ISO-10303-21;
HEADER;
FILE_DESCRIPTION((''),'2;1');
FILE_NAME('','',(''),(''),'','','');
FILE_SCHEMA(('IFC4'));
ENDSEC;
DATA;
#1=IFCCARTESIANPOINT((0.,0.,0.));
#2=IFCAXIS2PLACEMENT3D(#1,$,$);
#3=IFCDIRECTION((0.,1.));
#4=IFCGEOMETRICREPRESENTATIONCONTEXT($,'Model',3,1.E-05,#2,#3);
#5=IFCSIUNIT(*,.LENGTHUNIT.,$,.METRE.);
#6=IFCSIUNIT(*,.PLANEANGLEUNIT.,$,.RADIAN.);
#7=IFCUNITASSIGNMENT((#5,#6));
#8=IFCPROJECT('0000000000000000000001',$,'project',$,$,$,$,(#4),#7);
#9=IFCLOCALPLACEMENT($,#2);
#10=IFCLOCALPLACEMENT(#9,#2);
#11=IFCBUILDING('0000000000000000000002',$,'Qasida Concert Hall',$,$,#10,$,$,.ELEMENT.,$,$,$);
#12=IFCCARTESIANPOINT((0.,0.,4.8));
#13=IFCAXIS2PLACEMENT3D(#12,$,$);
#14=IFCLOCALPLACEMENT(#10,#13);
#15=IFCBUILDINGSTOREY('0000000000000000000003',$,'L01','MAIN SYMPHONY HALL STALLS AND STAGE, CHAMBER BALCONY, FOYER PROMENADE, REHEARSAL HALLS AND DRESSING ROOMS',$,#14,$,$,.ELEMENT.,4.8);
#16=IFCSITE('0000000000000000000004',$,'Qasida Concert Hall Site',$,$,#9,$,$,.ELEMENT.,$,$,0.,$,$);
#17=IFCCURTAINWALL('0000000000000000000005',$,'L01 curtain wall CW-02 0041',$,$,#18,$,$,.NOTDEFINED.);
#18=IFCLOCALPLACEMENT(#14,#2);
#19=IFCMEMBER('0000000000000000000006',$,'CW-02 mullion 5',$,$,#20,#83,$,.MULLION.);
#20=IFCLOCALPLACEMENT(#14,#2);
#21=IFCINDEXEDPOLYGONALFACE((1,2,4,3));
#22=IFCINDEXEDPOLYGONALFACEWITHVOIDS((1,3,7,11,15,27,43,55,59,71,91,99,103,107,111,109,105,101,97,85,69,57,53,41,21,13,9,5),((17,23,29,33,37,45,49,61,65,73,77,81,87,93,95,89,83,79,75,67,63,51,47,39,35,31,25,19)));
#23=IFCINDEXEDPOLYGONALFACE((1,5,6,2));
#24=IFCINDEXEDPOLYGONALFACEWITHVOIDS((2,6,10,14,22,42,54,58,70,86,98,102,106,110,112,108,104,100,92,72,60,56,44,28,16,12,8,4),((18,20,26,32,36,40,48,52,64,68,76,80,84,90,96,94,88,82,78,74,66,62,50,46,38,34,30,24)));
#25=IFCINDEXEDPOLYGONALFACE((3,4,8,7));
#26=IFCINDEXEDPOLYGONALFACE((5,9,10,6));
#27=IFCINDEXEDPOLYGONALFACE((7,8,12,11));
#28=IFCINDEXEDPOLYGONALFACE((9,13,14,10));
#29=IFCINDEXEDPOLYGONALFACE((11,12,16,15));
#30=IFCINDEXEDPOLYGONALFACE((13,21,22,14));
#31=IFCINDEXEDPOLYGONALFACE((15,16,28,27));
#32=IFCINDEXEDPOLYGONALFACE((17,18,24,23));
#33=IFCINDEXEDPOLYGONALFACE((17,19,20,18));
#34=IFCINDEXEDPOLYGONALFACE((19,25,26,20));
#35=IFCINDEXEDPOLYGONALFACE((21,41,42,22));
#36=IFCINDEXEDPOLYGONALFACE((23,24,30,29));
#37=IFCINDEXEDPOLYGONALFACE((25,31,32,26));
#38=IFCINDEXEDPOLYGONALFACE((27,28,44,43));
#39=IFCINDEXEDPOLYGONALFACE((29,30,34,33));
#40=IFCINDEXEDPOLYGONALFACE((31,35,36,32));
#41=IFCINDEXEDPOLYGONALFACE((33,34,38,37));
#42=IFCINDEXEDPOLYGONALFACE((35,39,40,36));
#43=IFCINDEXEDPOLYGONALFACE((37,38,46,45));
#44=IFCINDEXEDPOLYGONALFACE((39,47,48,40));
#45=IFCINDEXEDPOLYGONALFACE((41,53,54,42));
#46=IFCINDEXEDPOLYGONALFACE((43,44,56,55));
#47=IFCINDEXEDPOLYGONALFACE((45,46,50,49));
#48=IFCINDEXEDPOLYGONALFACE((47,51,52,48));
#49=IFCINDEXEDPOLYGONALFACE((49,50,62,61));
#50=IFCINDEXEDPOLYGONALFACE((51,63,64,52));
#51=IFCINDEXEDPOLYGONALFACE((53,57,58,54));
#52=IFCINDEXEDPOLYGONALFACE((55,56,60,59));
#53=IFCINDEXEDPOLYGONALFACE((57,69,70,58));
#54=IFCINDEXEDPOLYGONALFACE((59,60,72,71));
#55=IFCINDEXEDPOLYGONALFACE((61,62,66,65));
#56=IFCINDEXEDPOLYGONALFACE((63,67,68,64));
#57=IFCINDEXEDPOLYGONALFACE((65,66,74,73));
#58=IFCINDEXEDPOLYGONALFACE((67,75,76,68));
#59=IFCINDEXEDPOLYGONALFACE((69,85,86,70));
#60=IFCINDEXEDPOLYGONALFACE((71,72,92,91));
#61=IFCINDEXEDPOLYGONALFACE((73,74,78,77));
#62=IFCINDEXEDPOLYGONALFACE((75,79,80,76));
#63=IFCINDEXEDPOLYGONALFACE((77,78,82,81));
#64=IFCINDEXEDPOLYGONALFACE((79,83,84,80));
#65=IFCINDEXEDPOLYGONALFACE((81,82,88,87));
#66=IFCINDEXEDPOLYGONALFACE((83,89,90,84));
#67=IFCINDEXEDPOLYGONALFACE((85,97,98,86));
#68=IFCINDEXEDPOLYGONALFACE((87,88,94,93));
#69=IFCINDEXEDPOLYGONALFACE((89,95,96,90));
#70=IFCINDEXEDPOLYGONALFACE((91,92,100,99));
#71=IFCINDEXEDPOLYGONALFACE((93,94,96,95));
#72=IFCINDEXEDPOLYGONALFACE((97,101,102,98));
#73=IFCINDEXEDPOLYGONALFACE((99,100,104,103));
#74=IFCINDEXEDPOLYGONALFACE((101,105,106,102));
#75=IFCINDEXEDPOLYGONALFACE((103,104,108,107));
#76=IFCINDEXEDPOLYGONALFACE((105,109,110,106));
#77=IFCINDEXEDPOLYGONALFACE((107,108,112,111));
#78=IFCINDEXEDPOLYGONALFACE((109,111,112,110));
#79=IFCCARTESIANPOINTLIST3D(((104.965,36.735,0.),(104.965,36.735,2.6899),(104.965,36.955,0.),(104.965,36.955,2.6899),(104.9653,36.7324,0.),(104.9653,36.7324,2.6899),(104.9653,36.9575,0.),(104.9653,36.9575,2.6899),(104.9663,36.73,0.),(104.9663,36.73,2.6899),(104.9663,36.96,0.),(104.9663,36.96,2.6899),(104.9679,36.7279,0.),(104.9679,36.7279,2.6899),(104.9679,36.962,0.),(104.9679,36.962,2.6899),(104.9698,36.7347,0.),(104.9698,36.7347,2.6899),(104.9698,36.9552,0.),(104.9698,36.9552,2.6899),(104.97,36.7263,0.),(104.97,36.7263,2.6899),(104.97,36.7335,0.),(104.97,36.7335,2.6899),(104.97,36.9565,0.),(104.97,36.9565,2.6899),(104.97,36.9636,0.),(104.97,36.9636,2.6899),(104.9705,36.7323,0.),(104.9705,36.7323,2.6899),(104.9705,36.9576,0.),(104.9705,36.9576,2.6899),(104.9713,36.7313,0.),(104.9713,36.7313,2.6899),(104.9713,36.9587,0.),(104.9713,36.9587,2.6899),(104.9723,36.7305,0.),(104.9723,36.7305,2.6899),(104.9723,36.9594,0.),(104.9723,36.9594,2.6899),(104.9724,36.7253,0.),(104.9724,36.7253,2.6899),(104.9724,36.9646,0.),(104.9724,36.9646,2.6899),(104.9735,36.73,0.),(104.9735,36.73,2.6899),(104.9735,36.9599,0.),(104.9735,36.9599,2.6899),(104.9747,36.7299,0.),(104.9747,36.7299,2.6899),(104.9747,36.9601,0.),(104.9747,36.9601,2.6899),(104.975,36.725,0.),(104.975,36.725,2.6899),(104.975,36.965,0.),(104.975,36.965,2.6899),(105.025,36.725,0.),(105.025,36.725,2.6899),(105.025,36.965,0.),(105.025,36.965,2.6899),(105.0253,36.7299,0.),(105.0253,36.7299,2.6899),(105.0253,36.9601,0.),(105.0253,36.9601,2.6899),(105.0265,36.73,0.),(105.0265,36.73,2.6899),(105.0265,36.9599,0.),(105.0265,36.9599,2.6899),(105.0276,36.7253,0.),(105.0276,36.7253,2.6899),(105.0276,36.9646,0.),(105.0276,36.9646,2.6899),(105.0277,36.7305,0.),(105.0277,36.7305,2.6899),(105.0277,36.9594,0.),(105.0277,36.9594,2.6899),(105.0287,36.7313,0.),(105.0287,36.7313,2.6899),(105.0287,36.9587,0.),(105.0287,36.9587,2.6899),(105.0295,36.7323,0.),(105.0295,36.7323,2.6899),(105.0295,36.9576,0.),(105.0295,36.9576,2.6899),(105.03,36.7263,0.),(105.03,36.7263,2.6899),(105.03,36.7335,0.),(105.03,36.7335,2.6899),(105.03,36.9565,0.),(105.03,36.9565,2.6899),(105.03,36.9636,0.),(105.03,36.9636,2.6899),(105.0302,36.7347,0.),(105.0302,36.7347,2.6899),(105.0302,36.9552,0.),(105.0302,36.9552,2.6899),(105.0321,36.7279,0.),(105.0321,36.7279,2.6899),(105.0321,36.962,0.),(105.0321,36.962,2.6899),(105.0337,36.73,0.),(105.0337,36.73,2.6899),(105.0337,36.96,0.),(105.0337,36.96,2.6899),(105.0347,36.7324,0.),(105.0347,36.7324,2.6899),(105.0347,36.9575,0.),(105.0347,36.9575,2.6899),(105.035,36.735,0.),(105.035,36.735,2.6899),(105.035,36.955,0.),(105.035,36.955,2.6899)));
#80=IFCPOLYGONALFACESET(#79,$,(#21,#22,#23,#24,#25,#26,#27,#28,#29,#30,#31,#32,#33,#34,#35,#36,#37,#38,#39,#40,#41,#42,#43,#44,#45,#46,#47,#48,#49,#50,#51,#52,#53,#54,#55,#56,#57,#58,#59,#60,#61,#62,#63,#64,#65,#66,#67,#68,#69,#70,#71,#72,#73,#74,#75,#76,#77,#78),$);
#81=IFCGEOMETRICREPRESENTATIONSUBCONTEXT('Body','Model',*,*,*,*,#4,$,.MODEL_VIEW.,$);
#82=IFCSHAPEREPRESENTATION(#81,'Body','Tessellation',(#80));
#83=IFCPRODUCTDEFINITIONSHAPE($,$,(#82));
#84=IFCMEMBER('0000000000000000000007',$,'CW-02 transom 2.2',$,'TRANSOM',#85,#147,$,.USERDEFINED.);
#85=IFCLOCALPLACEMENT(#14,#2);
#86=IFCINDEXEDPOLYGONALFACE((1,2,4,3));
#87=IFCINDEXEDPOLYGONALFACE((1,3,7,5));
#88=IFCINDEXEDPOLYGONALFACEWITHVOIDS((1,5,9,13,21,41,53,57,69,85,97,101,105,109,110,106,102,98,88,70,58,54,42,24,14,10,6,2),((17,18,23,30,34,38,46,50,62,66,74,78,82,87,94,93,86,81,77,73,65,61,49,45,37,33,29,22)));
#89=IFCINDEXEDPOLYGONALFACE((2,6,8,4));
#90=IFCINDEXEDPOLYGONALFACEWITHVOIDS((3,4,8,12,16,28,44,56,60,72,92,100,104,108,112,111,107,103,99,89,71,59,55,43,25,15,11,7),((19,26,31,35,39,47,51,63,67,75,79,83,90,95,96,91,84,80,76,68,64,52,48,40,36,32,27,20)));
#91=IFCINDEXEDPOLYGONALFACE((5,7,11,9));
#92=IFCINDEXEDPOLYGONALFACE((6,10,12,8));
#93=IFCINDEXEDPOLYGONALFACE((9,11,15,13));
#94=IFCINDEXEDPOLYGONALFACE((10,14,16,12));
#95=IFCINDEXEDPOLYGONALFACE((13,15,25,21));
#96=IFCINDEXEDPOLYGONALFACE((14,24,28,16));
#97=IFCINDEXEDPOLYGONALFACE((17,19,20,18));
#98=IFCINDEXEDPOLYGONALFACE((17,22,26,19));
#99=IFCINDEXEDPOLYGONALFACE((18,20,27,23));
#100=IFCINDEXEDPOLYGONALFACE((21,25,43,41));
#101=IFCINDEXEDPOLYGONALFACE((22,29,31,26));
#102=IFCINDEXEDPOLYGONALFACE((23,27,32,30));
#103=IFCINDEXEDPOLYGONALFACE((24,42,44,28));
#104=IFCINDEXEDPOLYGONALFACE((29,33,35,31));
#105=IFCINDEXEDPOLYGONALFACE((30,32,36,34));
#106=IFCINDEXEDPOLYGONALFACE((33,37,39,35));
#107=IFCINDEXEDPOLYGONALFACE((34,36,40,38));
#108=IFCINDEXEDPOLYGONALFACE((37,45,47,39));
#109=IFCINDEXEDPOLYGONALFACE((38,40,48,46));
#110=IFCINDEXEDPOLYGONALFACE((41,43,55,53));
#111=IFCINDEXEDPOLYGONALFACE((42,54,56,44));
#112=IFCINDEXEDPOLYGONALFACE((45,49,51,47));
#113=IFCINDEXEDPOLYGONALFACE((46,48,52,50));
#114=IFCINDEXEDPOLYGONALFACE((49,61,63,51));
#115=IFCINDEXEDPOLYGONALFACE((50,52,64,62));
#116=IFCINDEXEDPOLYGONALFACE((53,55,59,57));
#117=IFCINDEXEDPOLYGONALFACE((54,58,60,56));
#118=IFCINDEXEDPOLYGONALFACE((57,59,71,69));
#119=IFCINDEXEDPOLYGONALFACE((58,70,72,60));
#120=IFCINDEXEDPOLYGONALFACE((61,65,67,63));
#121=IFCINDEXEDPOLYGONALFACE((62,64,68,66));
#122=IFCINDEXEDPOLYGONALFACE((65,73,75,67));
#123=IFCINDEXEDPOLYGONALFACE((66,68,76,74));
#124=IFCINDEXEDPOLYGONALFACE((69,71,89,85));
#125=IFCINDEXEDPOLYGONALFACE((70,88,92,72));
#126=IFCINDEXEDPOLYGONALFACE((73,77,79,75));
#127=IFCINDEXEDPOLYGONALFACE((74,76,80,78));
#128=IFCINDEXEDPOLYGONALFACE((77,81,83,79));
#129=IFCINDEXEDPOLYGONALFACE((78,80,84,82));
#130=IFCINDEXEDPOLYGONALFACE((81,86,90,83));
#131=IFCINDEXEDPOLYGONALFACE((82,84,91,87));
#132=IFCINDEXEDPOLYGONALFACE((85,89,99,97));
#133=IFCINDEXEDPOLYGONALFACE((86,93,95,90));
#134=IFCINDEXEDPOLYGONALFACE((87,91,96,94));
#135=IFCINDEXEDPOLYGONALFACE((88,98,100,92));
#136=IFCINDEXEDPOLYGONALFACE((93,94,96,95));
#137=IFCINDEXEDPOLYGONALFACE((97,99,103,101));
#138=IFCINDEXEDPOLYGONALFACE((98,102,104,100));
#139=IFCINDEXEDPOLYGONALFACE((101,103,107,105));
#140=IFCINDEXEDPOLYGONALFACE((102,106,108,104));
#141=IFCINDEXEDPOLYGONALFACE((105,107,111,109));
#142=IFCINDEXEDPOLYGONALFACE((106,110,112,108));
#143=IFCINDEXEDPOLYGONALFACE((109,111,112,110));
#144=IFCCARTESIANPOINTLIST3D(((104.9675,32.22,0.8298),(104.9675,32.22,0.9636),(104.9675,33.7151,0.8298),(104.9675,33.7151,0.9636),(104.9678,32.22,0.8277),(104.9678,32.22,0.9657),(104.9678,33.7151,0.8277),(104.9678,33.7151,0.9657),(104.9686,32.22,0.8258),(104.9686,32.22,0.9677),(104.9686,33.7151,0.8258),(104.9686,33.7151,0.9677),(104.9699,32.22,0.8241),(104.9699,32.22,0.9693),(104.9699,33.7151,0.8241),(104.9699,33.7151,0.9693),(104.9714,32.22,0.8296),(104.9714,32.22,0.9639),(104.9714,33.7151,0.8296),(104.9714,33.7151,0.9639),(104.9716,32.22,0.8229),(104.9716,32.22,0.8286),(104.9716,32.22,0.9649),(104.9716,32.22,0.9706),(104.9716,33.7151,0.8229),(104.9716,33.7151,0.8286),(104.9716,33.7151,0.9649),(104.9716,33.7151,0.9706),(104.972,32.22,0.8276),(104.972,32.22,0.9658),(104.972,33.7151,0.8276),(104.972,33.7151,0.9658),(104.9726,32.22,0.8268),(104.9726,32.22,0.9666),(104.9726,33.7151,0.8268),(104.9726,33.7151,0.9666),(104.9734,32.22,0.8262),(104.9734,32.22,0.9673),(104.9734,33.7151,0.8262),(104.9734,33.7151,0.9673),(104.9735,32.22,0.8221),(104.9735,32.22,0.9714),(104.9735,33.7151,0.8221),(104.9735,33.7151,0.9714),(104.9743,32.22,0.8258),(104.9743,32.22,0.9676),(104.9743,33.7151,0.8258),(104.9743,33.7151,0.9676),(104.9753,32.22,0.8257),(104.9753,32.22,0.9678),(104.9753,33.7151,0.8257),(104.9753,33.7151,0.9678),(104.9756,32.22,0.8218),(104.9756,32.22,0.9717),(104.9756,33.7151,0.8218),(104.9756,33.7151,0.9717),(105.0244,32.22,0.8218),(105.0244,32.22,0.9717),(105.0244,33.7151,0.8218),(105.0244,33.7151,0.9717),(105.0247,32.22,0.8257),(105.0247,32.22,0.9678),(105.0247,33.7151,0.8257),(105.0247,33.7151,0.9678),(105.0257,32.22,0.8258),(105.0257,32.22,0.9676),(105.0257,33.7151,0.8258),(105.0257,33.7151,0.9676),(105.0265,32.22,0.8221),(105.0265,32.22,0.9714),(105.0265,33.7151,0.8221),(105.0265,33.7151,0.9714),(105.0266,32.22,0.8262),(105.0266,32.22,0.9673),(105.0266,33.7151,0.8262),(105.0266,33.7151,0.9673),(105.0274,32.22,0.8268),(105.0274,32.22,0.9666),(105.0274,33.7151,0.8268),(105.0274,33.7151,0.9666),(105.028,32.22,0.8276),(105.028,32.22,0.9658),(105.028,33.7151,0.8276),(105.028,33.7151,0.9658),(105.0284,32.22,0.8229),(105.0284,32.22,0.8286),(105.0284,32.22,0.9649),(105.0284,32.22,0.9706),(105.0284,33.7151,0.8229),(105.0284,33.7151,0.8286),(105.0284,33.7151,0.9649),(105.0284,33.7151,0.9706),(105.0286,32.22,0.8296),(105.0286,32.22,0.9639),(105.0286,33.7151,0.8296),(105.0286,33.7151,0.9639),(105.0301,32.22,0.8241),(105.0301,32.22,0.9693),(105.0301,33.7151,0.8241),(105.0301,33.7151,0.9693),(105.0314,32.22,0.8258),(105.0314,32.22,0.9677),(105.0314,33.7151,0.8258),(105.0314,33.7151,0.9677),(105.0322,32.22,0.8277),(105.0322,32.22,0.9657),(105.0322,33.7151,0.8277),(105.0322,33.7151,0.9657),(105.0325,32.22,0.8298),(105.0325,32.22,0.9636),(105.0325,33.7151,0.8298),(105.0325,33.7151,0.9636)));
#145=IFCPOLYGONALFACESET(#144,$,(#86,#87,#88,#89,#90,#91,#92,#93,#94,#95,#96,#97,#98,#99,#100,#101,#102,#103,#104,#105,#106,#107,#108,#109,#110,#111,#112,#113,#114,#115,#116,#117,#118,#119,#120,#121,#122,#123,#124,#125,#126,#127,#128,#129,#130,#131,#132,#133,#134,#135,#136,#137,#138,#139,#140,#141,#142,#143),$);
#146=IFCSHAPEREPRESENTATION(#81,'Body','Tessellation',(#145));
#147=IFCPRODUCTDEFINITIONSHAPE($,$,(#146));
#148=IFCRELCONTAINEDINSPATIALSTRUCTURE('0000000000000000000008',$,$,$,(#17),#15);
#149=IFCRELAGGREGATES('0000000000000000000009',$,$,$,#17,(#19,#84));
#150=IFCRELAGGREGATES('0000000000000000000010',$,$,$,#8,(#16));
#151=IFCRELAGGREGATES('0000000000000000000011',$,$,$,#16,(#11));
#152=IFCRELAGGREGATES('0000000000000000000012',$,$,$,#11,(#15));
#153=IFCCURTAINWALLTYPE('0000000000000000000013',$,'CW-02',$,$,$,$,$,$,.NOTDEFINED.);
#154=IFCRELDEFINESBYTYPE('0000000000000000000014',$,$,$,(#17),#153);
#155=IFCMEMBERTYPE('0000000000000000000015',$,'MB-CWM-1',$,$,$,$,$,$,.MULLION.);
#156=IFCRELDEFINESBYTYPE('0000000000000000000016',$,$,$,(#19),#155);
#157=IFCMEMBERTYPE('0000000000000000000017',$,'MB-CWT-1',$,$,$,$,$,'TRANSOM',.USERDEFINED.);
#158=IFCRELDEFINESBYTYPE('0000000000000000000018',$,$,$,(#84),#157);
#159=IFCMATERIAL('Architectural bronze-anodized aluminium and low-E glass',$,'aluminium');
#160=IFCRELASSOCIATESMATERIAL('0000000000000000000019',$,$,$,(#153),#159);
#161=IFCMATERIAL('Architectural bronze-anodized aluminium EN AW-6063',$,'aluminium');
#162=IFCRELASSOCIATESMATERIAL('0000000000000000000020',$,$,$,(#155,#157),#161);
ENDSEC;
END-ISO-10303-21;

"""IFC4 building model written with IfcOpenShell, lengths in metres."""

from ifc_helpers import new_model, si_unit, direction, frame, origin, origin_2d, place, context, subcontext, project, spatial, hollow_rectangle, extrude, material, material_profile, profile_set, type_object, element, aggregate, save


model = new_model("IFC4")

# Units and contexts
model_context = context("Model", 3, precision=1e-05, world=origin(), true_north=direction((0.0, 1.0)))
body_context = subcontext(model_context, "Body", "Model", "MODEL_VIEW")
ifc_project = project(units=[si_unit("LENGTHUNIT", "METRE"), si_unit("PLANEANGLEUNIT", "RADIAN")], contexts=[model_context])

# Site, building, storey
site_placement = place(None, origin())
site = spatial("IfcSite", under=ifc_project, at=site_placement, Name="Qasida Concert Hall Site", CompositionType="ELEMENT", RefElevation=0.0)
building_placement = place(site_placement, origin())
building = spatial("IfcBuilding", under=site, at=building_placement, Name="Qasida Concert Hall", CompositionType="ELEMENT")
storey_placement = place(building_placement, frame((0.0, 0.0, 4.8)))
storey = spatial("IfcBuildingStorey", under=building, at=storey_placement, Name="L01", Description="MAIN SYMPHONY HALL STALLS AND STAGE, CHAMBER BALCONY, FOYER PROMENADE, REHEARSAL HALLS AND DRESSING ROOMS", CompositionType="ELEMENT", Elevation=4.8)

# Curtain wall, members
ifc_material_1 = material(Name="Architectural bronze-anodized aluminium and low-E glass", Category="aluminium")
curtain_wall_type = type_object("IfcCurtainWallType", Name="CW-02", PredefinedType="NOTDEFINED", material=ifc_material_1)
curtain_wall_placement = place(storey_placement, origin())
curtain_wall = element("IfcCurtainWall", 1, at=curtain_wall_placement, inside=storey, type_object=curtain_wall_type, Name="L01 curtain wall CW-02 0041", PredefinedType="NOTDEFINED")
ifc_material_2 = material(Name="Architectural bronze-anodized aluminium EN AW-6063", Category="aluminium")
ifc_material_profile_1 = material_profile(ifc_material_2, hollow_rectangle(XDim=0.0701, YDim=0.24, WallThickness=0.0049, InnerFilletRadius=0.0049, OuterFilletRadius=0.01, at=origin_2d()), Name="CWM 240x70x5")
ifc_profile_set_1 = profile_set([ifc_material_profile_1], Name="Architectural bronze-anodized aluminium EN AW-6063")
member_type_1 = type_object("IfcMemberType", Name="MB-CWM-1", PredefinedType="MULLION", material=ifc_profile_set_1)
member_1_placement = place(storey_placement, frame((105.0, 36.845, 0.0), z_axis=(0.0, 0.0, 1.0), x_axis=(-1.0, 0.0, 0.0)))
member_1 = element("IfcMember", 2, at=member_1_placement, type_object=member_type_1, Name="CW-02 mullion 5", PredefinedType="MULLION", context=body_context, shape_type="SweptSolid", body=[
    extrude(hollow_rectangle(XDim=0.0701, YDim=0.24, WallThickness=0.0049, InnerFilletRadius=0.0049, OuterFilletRadius=0.01, at=origin_2d()), origin(), (0.0, 0.0, 1.0), 2.6899),
])
ifc_material_profile_2 = material_profile(ifc_material_2, hollow_rectangle(XDim=0.0649, YDim=0.1499, WallThickness=0.0039, InnerFilletRadius=0.0039, OuterFilletRadius=0.0081, at=origin_2d()), Name="CWT 150x65x4")
ifc_profile_set_2 = profile_set([ifc_material_profile_2], Name="Architectural bronze-anodized aluminium EN AW-6063")
member_type_2 = type_object("IfcMemberType", Name="MB-CWT-1", ElementType="TRANSOM", PredefinedType="USERDEFINED", material=ifc_profile_set_2)
member_2_placement = place(storey_placement, frame((105.0, 32.22, 0.8967), z_axis=(0.0, 1.0, 0.0), x_axis=(-1.0, 0.0, 0.0)))
member_2 = element("IfcMember", 3, at=member_2_placement, type_object=member_type_2, Name="CW-02 transom 2.2", ObjectType="TRANSOM", PredefinedType="USERDEFINED", context=body_context, shape_type="SweptSolid", body=[
    extrude(hollow_rectangle(XDim=0.0649, YDim=0.1499, WallThickness=0.0039, InnerFilletRadius=0.0039, OuterFilletRadius=0.0081, at=origin_2d()), origin(), (0.0, 0.0, 1.0), 1.4951),
])
aggregate(curtain_wall, [member_1, member_2])

save(model, "model.ifc")
